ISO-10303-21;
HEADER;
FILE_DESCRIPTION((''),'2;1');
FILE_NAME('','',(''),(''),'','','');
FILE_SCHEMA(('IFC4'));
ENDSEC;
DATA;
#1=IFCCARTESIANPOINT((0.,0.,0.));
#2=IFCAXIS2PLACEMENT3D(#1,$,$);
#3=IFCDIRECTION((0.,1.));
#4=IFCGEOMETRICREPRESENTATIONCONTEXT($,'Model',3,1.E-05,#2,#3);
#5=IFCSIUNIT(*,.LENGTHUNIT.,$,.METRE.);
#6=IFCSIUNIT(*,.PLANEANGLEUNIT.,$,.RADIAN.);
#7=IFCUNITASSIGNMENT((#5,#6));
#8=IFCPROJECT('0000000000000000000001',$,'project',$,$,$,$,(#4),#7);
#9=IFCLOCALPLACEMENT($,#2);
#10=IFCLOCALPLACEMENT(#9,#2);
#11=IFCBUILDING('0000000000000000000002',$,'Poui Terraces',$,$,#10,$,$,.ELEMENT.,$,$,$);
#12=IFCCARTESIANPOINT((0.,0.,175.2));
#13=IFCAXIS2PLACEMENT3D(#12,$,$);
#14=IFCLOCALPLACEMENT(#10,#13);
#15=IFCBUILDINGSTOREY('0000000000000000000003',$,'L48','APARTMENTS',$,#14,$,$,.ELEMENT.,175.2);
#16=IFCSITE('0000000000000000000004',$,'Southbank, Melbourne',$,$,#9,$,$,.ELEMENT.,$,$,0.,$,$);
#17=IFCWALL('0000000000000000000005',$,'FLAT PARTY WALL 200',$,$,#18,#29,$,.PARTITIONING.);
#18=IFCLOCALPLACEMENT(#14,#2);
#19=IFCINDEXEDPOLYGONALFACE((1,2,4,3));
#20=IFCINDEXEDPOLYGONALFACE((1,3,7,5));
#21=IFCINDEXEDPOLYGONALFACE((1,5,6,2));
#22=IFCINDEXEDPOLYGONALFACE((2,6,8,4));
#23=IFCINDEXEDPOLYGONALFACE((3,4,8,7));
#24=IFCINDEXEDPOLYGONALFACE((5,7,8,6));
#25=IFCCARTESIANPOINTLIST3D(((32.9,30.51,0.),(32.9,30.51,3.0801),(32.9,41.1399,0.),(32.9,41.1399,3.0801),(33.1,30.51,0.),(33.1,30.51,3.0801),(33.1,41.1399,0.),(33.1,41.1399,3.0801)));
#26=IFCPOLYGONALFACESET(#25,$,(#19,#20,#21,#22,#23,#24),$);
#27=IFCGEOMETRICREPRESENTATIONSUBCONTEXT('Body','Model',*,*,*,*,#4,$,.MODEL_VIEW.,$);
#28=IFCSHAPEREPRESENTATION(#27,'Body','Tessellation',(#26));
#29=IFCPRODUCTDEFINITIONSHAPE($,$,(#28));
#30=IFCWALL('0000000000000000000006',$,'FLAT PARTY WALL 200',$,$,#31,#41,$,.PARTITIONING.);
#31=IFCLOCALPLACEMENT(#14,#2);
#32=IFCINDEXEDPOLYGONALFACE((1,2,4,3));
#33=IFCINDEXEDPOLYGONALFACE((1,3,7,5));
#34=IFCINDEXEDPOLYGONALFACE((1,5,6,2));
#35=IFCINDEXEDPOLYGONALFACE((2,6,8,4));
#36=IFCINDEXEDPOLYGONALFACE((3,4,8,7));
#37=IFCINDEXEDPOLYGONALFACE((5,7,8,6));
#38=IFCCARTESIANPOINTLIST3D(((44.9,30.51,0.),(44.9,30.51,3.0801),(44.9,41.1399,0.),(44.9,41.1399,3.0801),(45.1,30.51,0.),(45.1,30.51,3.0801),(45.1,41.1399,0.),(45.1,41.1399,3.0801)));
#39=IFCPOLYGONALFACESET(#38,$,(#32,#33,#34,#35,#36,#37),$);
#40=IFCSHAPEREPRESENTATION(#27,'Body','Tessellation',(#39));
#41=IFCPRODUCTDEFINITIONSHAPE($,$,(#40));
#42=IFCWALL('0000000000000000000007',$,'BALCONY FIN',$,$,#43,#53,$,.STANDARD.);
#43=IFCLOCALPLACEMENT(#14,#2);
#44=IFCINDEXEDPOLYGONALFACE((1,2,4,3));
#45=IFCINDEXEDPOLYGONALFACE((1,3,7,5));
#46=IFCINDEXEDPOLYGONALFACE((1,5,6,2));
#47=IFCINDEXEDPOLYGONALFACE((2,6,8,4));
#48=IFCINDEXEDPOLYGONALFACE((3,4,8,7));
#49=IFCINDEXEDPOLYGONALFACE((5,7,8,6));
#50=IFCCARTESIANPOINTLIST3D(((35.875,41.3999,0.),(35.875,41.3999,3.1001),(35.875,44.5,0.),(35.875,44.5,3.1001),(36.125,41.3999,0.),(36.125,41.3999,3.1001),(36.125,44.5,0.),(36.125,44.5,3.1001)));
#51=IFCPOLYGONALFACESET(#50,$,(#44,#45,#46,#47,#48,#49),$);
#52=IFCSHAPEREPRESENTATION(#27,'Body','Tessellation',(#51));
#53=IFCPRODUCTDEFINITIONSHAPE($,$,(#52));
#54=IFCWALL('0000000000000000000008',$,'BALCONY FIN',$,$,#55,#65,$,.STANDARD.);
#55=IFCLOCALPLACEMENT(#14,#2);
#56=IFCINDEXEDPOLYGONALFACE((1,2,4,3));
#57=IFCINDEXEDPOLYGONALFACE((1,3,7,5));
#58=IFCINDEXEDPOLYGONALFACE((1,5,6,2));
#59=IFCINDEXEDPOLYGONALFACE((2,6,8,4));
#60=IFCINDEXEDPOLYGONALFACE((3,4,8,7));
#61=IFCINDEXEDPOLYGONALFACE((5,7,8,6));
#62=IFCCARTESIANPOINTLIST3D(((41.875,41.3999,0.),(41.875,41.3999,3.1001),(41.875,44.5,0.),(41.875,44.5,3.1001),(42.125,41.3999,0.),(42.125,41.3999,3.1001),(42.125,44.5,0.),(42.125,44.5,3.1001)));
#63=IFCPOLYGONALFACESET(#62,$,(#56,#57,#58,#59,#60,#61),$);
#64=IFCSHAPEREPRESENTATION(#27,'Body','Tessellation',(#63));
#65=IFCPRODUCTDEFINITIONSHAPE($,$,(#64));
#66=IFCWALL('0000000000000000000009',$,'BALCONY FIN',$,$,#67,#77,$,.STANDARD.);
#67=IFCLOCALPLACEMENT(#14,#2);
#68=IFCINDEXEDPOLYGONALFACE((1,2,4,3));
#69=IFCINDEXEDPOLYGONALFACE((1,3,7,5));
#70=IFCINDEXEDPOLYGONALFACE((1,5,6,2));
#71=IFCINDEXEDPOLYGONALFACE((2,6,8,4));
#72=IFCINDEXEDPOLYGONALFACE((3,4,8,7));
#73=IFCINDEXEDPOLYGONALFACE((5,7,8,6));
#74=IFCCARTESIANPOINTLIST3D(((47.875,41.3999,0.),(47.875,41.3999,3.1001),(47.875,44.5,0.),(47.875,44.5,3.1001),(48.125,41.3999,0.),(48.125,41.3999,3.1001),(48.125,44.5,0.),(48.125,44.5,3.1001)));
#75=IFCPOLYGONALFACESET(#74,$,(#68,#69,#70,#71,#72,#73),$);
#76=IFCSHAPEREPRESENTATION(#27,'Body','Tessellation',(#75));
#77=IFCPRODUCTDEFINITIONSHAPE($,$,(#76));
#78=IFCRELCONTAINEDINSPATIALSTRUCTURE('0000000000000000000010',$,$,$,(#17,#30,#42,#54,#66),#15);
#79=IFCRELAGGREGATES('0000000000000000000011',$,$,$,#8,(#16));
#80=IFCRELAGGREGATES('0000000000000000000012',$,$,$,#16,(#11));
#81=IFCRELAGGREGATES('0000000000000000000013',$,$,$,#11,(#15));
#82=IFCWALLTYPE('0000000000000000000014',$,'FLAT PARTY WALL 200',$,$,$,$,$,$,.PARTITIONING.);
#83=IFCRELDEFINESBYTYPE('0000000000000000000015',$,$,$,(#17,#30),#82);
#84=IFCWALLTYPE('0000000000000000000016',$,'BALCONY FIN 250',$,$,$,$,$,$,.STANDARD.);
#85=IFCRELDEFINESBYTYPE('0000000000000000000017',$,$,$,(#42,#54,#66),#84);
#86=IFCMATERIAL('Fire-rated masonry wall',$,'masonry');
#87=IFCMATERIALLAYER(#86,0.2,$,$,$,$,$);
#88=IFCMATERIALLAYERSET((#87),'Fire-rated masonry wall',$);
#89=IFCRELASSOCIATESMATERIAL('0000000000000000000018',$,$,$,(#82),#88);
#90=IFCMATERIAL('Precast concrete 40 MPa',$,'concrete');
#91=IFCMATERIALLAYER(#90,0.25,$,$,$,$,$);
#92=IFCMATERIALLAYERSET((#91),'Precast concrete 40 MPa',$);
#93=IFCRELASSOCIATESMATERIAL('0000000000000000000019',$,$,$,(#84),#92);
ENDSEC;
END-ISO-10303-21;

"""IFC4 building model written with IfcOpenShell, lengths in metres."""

from ifc_helpers import new_model, si_unit, direction, frame, frame_2d, origin, place, context, subcontext, project, spatial, polyline, rectangle, outline, extrude, source, transform, mapped, material, layer, layer_set, type_object, element, save


model = new_model("IFC4")

# Units and contexts
model_context = context("Model", 3, precision=1e-05, world=origin(), true_north=direction((0.0, 1.0)))
body_context = subcontext(model_context, "Body", "Model", "MODEL_VIEW")
ifc_project = project(units=[si_unit("LENGTHUNIT", "METRE"), si_unit("PLANEANGLEUNIT", "RADIAN")], contexts=[model_context])

# Site, building, storey
site_placement = place(None, origin())
site = spatial("IfcSite", under=ifc_project, at=site_placement, Name="Southbank, Melbourne", CompositionType="ELEMENT", RefElevation=0.0)
building_placement = place(site_placement, origin())
building = spatial("IfcBuilding", under=site, at=building_placement, Name="Poui Terraces", CompositionType="ELEMENT")
storey_placement = place(building_placement, frame((0.0, 0.0, 175.2)))
storey = spatial("IfcBuildingStorey", under=building, at=storey_placement, Name="L48", Description="APARTMENTS", CompositionType="ELEMENT", Elevation=175.2)

# Walls
ifc_material_1 = material(Name="Fire-rated masonry wall", Category="masonry")
ifc_layer_1 = layer(ifc_material_1, 0.2)
ifc_layer_set_1 = layer_set([ifc_layer_1], Name="Fire-rated masonry wall")
wall_type_1 = type_object("IfcWallType", Name="FLAT PARTY WALL 200", PredefinedType="PARTITIONING", material=ifc_layer_set_1)
for number, where, z_axis, x_axis, name in (
    (1, (33.0, 30.51, 0.0), (0.0, 0.0, 1.0), (0.0, 1.0, 0.0), "FLAT PARTY WALL 200"),
    (2, (45.0, 30.51, 0.0), (0.0, 0.0, 1.0), (0.0, 1.0, 0.0), "FLAT PARTY WALL 200"),
):
    element("IfcWall", number, at=place(storey_placement, frame(where, z_axis=z_axis, x_axis=x_axis)), inside=storey, type_object=wall_type_1, Name=name, PredefinedType="PARTITIONING", context=body_context, shape_type="SweptSolid", body=[
        extrude(rectangle(XDim=10.6299, YDim=0.2, at=frame_2d((5.3149, 0.0))), origin(), (0.0, 0.0, 1.0), 3.0801),
    ])
ifc_material_2 = material(Name="Precast concrete 40 MPa", Category="concrete")
ifc_layer_2 = layer(ifc_material_2, 0.25)
ifc_layer_set_2 = layer_set([ifc_layer_2], Name="Precast concrete 40 MPa")
wall_type_2 = type_object("IfcWallType", Name="BALCONY FIN 250", PredefinedType="STANDARD", material=ifc_layer_set_2)
shared_shape_1 = source(origin(), body_context, "Body", "SweptSolid", [
    extrude(outline(polyline([(0.0, 0.0), (0.25, 0.0), (0.25, 3.1001), (0.0, 3.1001), (0.0, 0.0)])), origin(), (0.0, 0.0, 1.0), 3.1001),
])
for number, where, name in (
    (3, (35.875, 41.3999, 0.0), "BALCONY FIN"),
    (4, (41.875, 41.3999, 0.0), "BALCONY FIN"),
    (5, (47.875, 41.3999, 0.0), "BALCONY FIN"),
):
    element("IfcWall", number, at=place(storey_placement, frame(where)), inside=storey, type_object=wall_type_2, Name=name, PredefinedType="STANDARD", context=body_context, shape_type="MappedRepresentation", body=[
        mapped(shared_shape_1, transform((0.0, 0.0, 0.0))),
    ])

save(model, "model.ifc")
